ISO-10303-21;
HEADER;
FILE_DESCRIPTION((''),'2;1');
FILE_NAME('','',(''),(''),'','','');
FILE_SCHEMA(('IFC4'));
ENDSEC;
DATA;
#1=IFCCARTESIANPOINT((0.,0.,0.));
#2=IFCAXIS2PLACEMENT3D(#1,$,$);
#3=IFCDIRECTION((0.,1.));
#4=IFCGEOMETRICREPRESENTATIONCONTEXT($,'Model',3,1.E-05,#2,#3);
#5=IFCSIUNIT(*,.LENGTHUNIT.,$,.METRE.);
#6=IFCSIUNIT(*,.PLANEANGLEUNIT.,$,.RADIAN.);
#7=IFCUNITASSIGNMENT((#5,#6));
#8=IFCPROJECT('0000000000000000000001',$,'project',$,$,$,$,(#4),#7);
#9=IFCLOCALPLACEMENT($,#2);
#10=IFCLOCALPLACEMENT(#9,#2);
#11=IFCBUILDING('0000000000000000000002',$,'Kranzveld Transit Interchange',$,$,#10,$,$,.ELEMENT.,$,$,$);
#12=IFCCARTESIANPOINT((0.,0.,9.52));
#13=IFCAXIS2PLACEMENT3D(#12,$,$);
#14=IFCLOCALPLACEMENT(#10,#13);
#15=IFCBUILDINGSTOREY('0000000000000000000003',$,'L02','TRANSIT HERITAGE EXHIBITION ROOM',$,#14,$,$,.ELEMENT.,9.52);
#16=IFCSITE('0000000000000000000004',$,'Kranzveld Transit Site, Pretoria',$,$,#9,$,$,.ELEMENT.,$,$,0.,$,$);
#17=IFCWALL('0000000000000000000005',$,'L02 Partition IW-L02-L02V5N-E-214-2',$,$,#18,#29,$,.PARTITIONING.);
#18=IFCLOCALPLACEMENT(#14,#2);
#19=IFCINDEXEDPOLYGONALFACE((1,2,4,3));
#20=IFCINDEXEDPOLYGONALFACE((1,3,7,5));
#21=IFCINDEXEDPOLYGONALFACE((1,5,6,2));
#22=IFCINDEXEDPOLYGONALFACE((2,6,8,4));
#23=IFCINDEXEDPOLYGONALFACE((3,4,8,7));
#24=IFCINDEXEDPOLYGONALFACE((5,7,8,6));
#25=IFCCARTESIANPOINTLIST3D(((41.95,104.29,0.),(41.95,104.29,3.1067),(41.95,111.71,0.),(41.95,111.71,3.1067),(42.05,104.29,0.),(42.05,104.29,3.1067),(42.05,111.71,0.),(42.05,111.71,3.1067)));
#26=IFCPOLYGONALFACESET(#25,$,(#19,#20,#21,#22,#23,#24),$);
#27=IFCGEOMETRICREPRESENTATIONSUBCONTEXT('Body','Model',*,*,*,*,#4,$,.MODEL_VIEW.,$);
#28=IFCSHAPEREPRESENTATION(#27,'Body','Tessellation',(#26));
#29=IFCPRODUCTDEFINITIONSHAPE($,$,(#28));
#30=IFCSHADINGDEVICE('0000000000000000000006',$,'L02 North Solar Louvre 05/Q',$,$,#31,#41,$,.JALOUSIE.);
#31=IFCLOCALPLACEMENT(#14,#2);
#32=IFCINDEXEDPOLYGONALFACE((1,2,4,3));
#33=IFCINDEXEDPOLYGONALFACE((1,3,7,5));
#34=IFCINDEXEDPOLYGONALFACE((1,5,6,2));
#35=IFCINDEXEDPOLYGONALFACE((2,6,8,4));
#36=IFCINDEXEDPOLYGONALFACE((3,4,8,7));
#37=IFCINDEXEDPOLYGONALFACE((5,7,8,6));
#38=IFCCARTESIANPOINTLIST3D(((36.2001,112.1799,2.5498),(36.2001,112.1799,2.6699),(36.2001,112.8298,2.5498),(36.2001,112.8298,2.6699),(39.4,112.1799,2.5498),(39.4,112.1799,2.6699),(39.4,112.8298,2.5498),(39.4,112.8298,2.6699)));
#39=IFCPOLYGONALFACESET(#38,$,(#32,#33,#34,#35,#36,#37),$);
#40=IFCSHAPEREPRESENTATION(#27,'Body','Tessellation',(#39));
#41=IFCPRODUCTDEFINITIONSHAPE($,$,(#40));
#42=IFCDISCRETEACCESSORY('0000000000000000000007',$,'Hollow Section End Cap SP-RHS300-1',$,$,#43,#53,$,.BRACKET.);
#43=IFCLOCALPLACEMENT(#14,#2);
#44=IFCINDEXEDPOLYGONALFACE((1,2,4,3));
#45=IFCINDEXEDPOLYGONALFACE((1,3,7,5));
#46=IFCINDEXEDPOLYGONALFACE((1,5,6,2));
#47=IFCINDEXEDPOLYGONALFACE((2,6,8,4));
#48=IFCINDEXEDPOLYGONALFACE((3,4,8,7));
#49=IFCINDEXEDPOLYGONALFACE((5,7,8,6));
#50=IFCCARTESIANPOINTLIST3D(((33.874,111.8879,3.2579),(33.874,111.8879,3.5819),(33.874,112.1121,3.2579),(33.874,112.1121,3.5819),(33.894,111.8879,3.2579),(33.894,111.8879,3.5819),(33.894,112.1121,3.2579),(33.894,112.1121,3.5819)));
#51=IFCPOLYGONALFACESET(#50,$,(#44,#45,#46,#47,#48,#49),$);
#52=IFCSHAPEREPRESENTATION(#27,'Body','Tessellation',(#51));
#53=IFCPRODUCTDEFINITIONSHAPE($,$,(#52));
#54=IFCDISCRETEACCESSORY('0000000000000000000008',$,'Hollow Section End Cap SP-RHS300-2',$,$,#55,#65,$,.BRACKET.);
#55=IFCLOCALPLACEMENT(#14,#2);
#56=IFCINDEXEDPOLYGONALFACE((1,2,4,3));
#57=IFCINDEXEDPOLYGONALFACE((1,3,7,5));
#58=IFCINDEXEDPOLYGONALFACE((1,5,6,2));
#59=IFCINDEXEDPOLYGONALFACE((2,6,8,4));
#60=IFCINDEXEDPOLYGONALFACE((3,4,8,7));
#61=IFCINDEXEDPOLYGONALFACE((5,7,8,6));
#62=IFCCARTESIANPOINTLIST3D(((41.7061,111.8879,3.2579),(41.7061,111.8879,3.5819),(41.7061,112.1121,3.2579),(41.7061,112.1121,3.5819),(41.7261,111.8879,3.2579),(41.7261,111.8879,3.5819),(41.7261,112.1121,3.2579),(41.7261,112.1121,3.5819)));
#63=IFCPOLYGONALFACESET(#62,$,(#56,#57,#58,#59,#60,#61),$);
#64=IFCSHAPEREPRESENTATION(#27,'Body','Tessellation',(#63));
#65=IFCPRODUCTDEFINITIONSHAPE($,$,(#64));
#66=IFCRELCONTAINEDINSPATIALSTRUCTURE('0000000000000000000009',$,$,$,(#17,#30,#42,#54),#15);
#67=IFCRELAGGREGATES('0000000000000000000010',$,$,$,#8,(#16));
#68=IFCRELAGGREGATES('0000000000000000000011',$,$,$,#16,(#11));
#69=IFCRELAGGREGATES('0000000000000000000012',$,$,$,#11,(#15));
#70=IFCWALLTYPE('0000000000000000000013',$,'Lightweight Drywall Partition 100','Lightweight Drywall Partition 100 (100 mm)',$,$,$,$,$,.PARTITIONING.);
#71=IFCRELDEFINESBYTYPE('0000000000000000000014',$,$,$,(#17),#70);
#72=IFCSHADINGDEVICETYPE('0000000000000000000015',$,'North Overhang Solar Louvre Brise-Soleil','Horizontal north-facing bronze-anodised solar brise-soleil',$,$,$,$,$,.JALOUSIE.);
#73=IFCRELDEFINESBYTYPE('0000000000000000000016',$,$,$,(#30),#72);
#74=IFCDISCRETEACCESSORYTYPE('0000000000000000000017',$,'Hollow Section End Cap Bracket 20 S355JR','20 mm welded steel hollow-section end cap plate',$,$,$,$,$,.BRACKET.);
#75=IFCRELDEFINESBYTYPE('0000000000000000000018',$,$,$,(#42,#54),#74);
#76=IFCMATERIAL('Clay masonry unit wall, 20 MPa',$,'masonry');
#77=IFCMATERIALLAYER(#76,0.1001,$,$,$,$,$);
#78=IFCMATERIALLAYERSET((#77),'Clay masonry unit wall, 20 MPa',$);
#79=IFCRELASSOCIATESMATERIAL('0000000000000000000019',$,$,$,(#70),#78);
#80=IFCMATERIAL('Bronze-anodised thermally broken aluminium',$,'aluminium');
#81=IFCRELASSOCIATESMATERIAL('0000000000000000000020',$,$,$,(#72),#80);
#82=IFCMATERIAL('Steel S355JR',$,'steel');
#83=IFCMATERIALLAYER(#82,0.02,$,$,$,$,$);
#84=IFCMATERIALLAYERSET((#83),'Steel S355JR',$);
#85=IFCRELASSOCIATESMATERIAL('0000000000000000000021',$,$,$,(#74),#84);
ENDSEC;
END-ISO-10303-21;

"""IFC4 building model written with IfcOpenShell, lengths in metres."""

from ifc_helpers import new_model, si_unit, direction, frame, frame_2d, origin, origin_2d, place, context, subcontext, project, spatial, rectangle, extrude, material, layer, layer_set, type_object, element, save


model = new_model("IFC4")

# Units and contexts
model_context = context("Model", 3, precision=1e-05, world=origin(), true_north=direction((0.0, 1.0)))
body_context = subcontext(model_context, "Body", "Model", "MODEL_VIEW")
ifc_project = project(units=[si_unit("LENGTHUNIT", "METRE"), si_unit("PLANEANGLEUNIT", "RADIAN")], contexts=[model_context])

# Site, building, storey
site_placement = place(None, origin())
site = spatial("IfcSite", under=ifc_project, at=site_placement, Name="Kranzveld Transit Site, Pretoria", CompositionType="ELEMENT", RefElevation=0.0)
building_placement = place(site_placement, origin())
building = spatial("IfcBuilding", under=site, at=building_placement, Name="Kranzveld Transit Interchange", CompositionType="ELEMENT")
storey_placement = place(building_placement, frame((0.0, 0.0, 9.52)))
storey = spatial("IfcBuildingStorey", under=building, at=storey_placement, Name="L02", Description="TRANSIT HERITAGE EXHIBITION ROOM", CompositionType="ELEMENT", Elevation=9.52)

# Wall
ifc_material_1 = material(Name="Clay masonry unit wall, 20 MPa", Category="masonry")
ifc_layer_1 = layer(ifc_material_1, 0.1001)
ifc_layer_set_1 = layer_set([ifc_layer_1], Name="Clay masonry unit wall, 20 MPa")
wall_type_1 = type_object("IfcWallType", Name="Lightweight Drywall Partition 100", Description="Lightweight Drywall Partition 100 (100 mm)", PredefinedType="PARTITIONING", material=ifc_layer_set_1)
wall_1_placement = place(storey_placement, frame((42.0, 104.29, 0.0), z_axis=(0.0, 0.0, 1.0), x_axis=(0.0, 1.0, 0.0)))
element("IfcWall", 1, at=wall_1_placement, inside=storey, type_object=wall_type_1, Name="L02 Partition IW-L02-L02V5N-E-214-2", PredefinedType="PARTITIONING", context=body_context, shape_type="SweptSolid", body=[
    extrude(rectangle(XDim=7.4199, YDim=0.1001, at=frame_2d((3.71, 0.0))), origin(), (0.0, 0.0, 1.0), 3.1067),
])

# Shading device
ifc_material_2 = material(Name="Bronze-anodised thermally broken aluminium", Category="aluminium")
shading_device_type = type_object("IfcShadingDeviceType", Name="North Overhang Solar Louvre Brise-Soleil", Description="Horizontal north-facing bronze-anodised solar brise-soleil", PredefinedType="JALOUSIE", material=ifc_material_2)
shading_device_placement = place(storey_placement, frame((37.8, 112.5049, 2.5498), z_axis=(0.0, 0.0, 1.0), x_axis=(1.0, 0.0, 0.0)))
element("IfcShadingDevice", 2, at=shading_device_placement, inside=storey, type_object=shading_device_type, Name="L02 North Solar Louvre 05/Q", PredefinedType="JALOUSIE", context=body_context, shape_type="SweptSolid", body=[
    extrude(rectangle(XDim=3.2, YDim=0.6499, at=origin_2d()), origin(), (0.0, 0.0, 1.0), 0.1201),
])

# Discrete accessories
ifc_material_3 = material(Name="Steel S355JR", Category="steel")
ifc_layer_2 = layer(ifc_material_3, 0.02)
ifc_layer_set_2 = layer_set([ifc_layer_2], Name="Steel S355JR")
discrete_accessory_type = type_object("IfcDiscreteAccessoryType", Name="Hollow Section End Cap Bracket 20 S355JR", Description="20 mm welded steel hollow-section end cap plate", PredefinedType="BRACKET", material=ifc_layer_set_2)
for number, where, z_axis, x_axis, name in (
    (3, (33.894, 112.0, 3.4199), (-1.0, 0.0, 0.0), (0.0, -1.0, 0.0), "Hollow Section End Cap SP-RHS300-1"),
    (4, (41.7061, 112.0, 3.4199), (1.0, 0.0, 0.0), (0.0, 1.0, 0.0), "Hollow Section End Cap SP-RHS300-2"),
):
    element("IfcDiscreteAccessory", number, at=place(storey_placement, frame(where, z_axis=z_axis, x_axis=x_axis)), inside=storey, type_object=discrete_accessory_type, Name=name, PredefinedType="BRACKET", context=body_context, shape_type="SweptSolid", body=[
        extrude(rectangle(XDim=0.2241, YDim=0.324, at=origin_2d()), origin(), (0.0, 0.0, 1.0), 0.02),
    ])

save(model, "model.ifc")
